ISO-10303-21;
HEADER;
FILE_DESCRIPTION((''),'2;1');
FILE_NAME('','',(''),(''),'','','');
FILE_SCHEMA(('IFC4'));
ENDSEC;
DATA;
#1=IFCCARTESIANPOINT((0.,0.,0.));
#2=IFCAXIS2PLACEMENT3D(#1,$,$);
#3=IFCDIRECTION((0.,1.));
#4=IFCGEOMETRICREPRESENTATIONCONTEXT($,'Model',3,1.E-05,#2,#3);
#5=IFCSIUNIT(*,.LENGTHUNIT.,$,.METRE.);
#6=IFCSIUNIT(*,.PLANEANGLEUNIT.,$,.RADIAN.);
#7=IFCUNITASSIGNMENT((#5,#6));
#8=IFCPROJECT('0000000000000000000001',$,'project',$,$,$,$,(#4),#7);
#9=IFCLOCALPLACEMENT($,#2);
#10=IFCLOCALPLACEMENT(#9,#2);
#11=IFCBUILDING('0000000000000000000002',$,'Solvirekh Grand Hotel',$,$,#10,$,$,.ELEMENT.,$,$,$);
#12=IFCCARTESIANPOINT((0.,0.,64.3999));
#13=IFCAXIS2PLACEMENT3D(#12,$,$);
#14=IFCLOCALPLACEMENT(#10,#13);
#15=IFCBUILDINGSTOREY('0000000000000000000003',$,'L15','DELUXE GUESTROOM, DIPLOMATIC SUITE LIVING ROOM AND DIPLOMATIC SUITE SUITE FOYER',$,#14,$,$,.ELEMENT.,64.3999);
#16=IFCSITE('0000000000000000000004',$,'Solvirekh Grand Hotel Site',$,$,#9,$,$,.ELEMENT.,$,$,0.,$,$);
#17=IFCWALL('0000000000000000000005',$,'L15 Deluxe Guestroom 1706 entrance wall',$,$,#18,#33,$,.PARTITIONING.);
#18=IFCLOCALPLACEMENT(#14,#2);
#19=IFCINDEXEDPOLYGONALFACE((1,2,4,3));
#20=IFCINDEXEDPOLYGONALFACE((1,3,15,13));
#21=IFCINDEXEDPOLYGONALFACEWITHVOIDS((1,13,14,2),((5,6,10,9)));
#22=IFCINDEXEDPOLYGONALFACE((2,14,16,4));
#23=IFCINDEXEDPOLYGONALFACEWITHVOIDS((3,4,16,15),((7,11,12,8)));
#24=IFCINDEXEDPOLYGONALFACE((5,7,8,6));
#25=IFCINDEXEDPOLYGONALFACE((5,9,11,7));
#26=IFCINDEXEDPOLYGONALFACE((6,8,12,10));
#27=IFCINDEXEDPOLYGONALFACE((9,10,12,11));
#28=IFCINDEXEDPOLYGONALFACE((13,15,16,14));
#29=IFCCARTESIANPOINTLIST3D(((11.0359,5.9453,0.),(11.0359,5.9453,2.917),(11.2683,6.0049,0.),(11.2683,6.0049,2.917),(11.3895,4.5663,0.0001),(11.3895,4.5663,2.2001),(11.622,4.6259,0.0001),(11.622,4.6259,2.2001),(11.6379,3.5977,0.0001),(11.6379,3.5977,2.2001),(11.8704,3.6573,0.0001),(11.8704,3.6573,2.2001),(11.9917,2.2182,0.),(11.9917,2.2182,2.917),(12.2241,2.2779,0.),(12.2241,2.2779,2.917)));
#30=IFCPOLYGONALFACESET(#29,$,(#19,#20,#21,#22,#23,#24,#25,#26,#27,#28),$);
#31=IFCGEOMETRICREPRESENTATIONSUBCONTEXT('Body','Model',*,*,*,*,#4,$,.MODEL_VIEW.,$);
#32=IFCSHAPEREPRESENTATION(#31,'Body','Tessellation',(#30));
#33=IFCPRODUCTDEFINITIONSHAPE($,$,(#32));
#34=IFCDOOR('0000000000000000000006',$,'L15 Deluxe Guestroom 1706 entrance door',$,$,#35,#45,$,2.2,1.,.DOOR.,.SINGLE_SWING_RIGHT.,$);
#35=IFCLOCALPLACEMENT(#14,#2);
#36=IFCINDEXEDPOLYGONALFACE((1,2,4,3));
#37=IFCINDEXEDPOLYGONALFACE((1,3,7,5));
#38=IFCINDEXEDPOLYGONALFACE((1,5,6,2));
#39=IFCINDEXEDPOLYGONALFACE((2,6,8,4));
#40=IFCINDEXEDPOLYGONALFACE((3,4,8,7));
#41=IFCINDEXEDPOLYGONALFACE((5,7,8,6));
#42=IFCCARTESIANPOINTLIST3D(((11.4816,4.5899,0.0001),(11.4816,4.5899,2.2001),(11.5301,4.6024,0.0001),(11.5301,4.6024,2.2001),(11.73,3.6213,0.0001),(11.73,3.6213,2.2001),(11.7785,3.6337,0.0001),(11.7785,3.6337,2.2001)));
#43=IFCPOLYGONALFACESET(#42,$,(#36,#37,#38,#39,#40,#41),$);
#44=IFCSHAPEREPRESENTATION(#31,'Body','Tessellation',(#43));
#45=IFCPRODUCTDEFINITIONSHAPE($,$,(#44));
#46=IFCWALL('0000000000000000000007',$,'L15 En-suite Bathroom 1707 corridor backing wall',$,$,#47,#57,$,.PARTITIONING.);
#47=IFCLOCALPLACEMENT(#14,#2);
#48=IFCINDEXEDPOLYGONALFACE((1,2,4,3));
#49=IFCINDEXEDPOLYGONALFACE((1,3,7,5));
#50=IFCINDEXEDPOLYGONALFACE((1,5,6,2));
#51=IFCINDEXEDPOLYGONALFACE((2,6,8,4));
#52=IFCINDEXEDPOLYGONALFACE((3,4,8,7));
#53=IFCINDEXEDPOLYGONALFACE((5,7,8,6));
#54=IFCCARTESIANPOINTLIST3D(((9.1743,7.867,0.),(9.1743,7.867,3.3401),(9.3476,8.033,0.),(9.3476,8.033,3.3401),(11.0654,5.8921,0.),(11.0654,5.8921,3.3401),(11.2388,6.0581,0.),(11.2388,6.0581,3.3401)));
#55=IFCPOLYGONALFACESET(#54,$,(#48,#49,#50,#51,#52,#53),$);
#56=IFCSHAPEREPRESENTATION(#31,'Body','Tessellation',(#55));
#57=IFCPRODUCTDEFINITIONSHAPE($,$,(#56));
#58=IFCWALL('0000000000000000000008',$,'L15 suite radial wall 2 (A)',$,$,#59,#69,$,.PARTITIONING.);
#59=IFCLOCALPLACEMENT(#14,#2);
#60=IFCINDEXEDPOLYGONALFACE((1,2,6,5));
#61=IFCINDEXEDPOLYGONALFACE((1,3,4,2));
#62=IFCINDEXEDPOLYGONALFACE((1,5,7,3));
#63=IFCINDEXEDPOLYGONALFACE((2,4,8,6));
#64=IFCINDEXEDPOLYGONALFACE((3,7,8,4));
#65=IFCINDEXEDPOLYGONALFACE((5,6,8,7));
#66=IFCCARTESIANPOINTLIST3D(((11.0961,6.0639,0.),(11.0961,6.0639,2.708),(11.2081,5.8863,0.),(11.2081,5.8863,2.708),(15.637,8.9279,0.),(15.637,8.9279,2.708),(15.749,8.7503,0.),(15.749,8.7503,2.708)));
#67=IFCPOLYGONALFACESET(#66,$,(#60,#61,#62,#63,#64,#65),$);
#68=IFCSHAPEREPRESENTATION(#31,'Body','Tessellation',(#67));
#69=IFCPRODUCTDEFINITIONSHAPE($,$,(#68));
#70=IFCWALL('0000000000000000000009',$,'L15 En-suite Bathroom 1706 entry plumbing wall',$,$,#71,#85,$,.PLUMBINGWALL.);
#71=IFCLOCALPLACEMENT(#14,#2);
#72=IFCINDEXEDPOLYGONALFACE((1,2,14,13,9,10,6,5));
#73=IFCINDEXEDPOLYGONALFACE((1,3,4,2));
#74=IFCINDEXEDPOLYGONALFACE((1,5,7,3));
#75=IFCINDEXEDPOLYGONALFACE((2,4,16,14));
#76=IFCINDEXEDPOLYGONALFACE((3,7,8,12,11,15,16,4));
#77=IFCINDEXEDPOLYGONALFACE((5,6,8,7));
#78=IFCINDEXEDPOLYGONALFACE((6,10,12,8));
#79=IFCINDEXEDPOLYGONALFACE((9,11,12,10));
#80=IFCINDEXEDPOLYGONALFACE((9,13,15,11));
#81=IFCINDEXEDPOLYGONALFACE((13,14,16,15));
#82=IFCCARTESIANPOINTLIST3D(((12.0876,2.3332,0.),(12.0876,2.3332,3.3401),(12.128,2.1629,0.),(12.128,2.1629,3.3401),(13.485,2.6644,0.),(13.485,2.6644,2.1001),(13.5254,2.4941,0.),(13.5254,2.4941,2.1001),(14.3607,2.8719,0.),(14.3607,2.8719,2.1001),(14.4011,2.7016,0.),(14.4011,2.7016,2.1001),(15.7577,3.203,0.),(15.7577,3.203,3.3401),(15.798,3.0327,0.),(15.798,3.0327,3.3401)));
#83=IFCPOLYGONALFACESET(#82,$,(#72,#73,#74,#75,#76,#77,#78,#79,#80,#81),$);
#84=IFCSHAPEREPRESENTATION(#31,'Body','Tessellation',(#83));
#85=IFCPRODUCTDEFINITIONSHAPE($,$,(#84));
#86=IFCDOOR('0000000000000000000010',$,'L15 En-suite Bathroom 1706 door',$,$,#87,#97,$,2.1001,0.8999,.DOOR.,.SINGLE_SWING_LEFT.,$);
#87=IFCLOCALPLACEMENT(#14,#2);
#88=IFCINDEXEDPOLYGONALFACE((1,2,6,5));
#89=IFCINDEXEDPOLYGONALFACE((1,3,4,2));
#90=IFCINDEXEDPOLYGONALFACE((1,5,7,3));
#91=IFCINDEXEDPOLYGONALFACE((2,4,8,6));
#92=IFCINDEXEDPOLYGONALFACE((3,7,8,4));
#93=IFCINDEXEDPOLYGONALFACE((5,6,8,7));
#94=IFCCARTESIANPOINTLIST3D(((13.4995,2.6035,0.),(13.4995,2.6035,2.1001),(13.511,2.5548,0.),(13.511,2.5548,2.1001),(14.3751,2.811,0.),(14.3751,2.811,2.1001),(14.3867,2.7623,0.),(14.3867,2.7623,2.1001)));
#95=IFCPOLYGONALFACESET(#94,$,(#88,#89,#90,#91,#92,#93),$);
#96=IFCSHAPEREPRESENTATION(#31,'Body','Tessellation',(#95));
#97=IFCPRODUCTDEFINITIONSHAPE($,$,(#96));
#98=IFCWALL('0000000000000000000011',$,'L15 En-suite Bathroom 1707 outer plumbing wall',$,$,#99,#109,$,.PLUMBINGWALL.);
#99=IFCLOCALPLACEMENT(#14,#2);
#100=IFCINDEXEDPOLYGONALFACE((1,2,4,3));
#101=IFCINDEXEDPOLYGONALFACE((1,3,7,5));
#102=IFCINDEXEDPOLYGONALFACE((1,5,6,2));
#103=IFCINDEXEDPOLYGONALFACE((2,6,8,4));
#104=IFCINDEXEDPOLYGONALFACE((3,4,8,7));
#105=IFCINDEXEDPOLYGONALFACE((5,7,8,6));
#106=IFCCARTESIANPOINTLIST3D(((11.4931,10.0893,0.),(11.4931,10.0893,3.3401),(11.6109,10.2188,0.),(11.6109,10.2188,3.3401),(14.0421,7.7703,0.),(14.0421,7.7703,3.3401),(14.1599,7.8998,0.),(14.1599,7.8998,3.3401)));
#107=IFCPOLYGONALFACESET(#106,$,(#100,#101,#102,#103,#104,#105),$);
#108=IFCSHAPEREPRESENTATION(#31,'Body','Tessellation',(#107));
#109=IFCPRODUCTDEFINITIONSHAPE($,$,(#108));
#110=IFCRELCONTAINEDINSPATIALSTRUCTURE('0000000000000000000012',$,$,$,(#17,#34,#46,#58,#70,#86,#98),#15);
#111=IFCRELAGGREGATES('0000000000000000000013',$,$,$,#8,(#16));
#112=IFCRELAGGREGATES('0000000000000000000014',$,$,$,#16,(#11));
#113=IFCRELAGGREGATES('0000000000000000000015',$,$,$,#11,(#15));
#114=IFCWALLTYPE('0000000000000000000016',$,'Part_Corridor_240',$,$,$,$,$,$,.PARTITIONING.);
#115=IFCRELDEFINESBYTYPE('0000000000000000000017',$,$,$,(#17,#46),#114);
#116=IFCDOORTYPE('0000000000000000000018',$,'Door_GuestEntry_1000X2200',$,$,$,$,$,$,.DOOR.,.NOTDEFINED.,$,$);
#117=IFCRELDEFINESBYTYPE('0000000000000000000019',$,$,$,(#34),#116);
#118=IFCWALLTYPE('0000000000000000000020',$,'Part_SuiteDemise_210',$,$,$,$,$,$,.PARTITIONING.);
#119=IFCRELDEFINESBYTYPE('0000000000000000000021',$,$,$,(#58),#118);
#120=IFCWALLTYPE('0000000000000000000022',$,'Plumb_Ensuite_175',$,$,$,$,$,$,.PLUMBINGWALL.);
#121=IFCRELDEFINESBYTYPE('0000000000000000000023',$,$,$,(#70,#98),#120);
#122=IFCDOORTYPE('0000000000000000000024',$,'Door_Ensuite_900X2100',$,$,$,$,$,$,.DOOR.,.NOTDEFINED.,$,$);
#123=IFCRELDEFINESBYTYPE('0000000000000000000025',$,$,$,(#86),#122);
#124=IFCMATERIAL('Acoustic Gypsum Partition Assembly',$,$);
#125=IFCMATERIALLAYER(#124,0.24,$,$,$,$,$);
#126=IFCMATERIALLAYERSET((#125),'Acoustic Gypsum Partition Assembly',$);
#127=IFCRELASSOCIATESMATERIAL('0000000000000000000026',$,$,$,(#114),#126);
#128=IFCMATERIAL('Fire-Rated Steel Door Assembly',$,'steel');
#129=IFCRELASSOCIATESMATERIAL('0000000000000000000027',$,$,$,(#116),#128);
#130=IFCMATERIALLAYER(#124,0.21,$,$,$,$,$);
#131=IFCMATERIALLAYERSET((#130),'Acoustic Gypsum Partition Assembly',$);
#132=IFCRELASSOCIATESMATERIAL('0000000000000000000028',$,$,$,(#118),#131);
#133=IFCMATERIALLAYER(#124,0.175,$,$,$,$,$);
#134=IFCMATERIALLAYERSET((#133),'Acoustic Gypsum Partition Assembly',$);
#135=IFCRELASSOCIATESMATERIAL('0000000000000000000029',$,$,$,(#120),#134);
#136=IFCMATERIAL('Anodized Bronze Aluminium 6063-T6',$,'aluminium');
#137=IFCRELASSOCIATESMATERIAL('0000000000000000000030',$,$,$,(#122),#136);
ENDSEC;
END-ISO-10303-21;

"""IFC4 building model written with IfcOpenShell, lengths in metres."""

from ifc_helpers import new_model, si_unit, direction, frame, frame_2d, origin, place, context, subcontext, project, spatial, rectangle, extrude, material, layer, layer_set, type_object, element, fill, save


model = new_model("IFC4")

# Units and contexts
model_context = context("Model", 3, precision=1e-05, world=origin(), true_north=direction((0.0, 1.0)))
body_context = subcontext(model_context, "Body", "Model", "MODEL_VIEW")
ifc_project = project(units=[si_unit("LENGTHUNIT", "METRE"), si_unit("PLANEANGLEUNIT", "RADIAN")], contexts=[model_context])

# Site, building, storey
site_placement = place(None, origin())
site = spatial("IfcSite", under=ifc_project, at=site_placement, Name="Solvirekh Grand Hotel Site", CompositionType="ELEMENT", RefElevation=0.0)
building_placement = place(site_placement, origin())
building = spatial("IfcBuilding", under=site, at=building_placement, Name="Solvirekh Grand Hotel", CompositionType="ELEMENT")
storey_placement = place(building_placement, frame((0.0, 0.0, 64.3999)))
storey = spatial("IfcBuildingStorey", under=building, at=storey_placement, Name="L15", Description="DELUXE GUESTROOM, DIPLOMATIC SUITE LIVING ROOM AND DIPLOMATIC SUITE SUITE FOYER", CompositionType="ELEMENT", Elevation=64.3999)

# Shared definitions
ifc_material_1 = material(Name="Anodized Bronze Aluminium 6063-T6", Category="aluminium")

# Shared definitions
ifc_material_2 = material(Name="Acoustic Gypsum Partition Assembly")

# Wall, opening, door
ifc_layer_1 = layer(ifc_material_2, 0.24)
ifc_layer_set_1 = layer_set([ifc_layer_1], Name="Acoustic Gypsum Partition Assembly")
wall_type_1 = type_object("IfcWallType", Name="Part_Corridor_240", PredefinedType="PARTITIONING", material=ifc_layer_set_1)
wall_1_placement = place(storey_placement, frame((12.1079, 2.248, 0.0), z_axis=(0.0, 0.0, 1.0), x_axis=(-0.248414, 0.968654, 0.0)))
wall_1 = element("IfcWall", 1, at=wall_1_placement, inside=storey, type_object=wall_type_1, Name="L15 Deluxe Guestroom 1706 entrance wall", PredefinedType="PARTITIONING", context=body_context, shape_type="SweptSolid", body=[
    extrude(rectangle(XDim=3.8477, YDim=0.24, at=frame_2d((1.9238, 0.0))), origin(), (0.0, 0.0, 1.0), 2.917),
])
opening_1_placement = place(wall_1_placement, frame((1.4241, 0.0, 0.0)))
opening_1 = element("IfcOpeningElement", 2, at=opening_1_placement, cuts=wall_1, PredefinedType="OPENING", context=body_context, shape_type="SweptSolid", body=[
    extrude(rectangle(XDim=1.0, YDim=2.2, at=frame_2d((0.5, 1.1001))), frame((0.0, 0.1299, 0.0), z_axis=(0.0, -1.0, 0.0), x_axis=(1.0, 0.0, 0.0)), (0.0, 0.0, 1.0), 0.26),
])
ifc_material_3 = material(Name="Fire-Rated Steel Door Assembly", Category="steel")
door_type_1 = type_object("IfcDoorType", Name="Door_GuestEntry_1000X2200", OperationType="NOTDEFINED", PredefinedType="DOOR", material=ifc_material_3)
door_1_placement = place(opening_1_placement, origin())
door_1 = element("IfcDoor", 3, at=door_1_placement, inside=storey, type_object=door_type_1, Name="L15 Deluxe Guestroom 1706 entrance door", OperationType="SINGLE_SWING_RIGHT", OverallHeight=2.2, OverallWidth=1.0, PredefinedType="DOOR", context=body_context, shape_type="SweptSolid", body=[
    extrude(rectangle(XDim=1.0, YDim=2.2, at=frame_2d((0.5, 1.1001))), frame((0.0, 0.0249, 0.0), z_axis=(0.0, -1.0, 0.0), x_axis=(1.0, 0.0, 0.0)), (0.0, 0.0, 1.0), 0.05),
])
fill(opening_1, door_1)

# Walls
wall_2_placement = place(storey_placement, frame((11.1521, 5.9751, 0.0), z_axis=(0.0, 0.0, 1.0), x_axis=(-0.691628, 0.722254, 0.0)))
element("IfcWall", 4, at=wall_2_placement, inside=storey, type_object=wall_type_1, Name="L15 En-suite Bathroom 1707 corridor backing wall", PredefinedType="PARTITIONING", context=body_context, shape_type="SweptSolid", body=[
    extrude(rectangle(XDim=2.7344, YDim=0.24, at=frame_2d((1.3672, 0.0))), origin(), (0.0, 0.0, 1.0), 3.3401),
])
ifc_layer_2 = layer(ifc_material_2, 0.21)
ifc_layer_set_2 = layer_set([ifc_layer_2], Name="Acoustic Gypsum Partition Assembly")
wall_type_2 = type_object("IfcWallType", Name="Part_SuiteDemise_210", PredefinedType="PARTITIONING", material=ifc_layer_set_2)
wall_3_placement = place(storey_placement, frame((11.1521, 5.9751, 0.0), z_axis=(0.0, 0.0, 1.0), x_axis=(0.845825, 0.533461, 0.0)))
element("IfcWall", 5, at=wall_3_placement, inside=storey, type_object=wall_type_2, Name="L15 suite radial wall 2 (A)", PredefinedType="PARTITIONING", context=body_context, shape_type="SweptSolid", body=[
    extrude(rectangle(XDim=5.3687, YDim=0.21, at=frame_2d((2.6843, 0.0))), origin(), (0.0, 0.0, 1.0), 2.708),
])

# Wall, opening, door
ifc_layer_3 = layer(ifc_material_2, 0.175)
ifc_layer_set_3 = layer_set([ifc_layer_3], Name="Acoustic Gypsum Partition Assembly")
wall_type_3 = type_object("IfcWallType", Name="Plumb_Ensuite_175", PredefinedType="PLUMBINGWALL", material=ifc_layer_set_3)
wall_4_placement = place(storey_placement, frame((12.1079, 2.248, 0.0), z_axis=(0.0, 0.0, 1.0), x_axis=(0.973043, 0.230623, 0.0)))
wall_4 = element("IfcWall", 6, at=wall_4_placement, inside=storey, type_object=wall_type_3, Name="L15 En-suite Bathroom 1706 entry plumbing wall", PredefinedType="PLUMBINGWALL", context=body_context, shape_type="SweptSolid", body=[
    extrude(rectangle(XDim=3.7717, YDim=0.175, at=frame_2d((1.8857, 0.0))), origin(), (0.0, 0.0, 1.0), 3.3401),
])
opening_2_placement = place(wall_4_placement, frame((1.436, 0.0, 0.0)))
opening_2 = element("IfcOpeningElement", 7, at=opening_2_placement, cuts=wall_4, PredefinedType="OPENING", context=body_context, shape_type="SweptSolid", body=[
    extrude(rectangle(XDim=0.8999, YDim=2.1001, at=frame_2d((0.45, 1.05))), frame((0.0, 0.0977, 0.0), z_axis=(0.0, -1.0, 0.0), x_axis=(1.0, 0.0, 0.0)), (0.0, 0.0, 1.0), 0.1951),
])
door_type_2 = type_object("IfcDoorType", Name="Door_Ensuite_900X2100", OperationType="NOTDEFINED", PredefinedType="DOOR", material=ifc_material_1)
door_2_placement = place(opening_2_placement, origin())
door_2 = element("IfcDoor", 8, at=door_2_placement, inside=storey, type_object=door_type_2, Name="L15 En-suite Bathroom 1706 door", OperationType="SINGLE_SWING_LEFT", OverallHeight=2.1001, OverallWidth=0.8999, PredefinedType="DOOR", context=body_context, shape_type="SweptSolid", body=[
    extrude(rectangle(XDim=0.8999, YDim=2.1001, at=frame_2d((0.45, 1.05))), frame((0.0, 0.0249, 0.0), z_axis=(0.0, -1.0, 0.0), x_axis=(1.0, 0.0, 0.0)), (0.0, 0.0, 1.0), 0.05),
])
fill(opening_2, door_2)

# Wall
wall_5_placement = place(storey_placement, frame((14.1011, 7.835, 0.0), z_axis=(0.0, 0.0, 1.0), x_axis=(-0.739687, 0.672951, 0.0)))
element("IfcWall", 9, at=wall_5_placement, inside=storey, type_object=wall_type_3, Name="L15 En-suite Bathroom 1707 outer plumbing wall", PredefinedType="PLUMBINGWALL", context=body_context, shape_type="SweptSolid", body=[
    extrude(rectangle(XDim=3.446, YDim=0.175, at=frame_2d((1.7231, 0.0))), origin(), (0.0, 0.0, 1.0), 3.3401),
])

save(model, "model.ifc")
